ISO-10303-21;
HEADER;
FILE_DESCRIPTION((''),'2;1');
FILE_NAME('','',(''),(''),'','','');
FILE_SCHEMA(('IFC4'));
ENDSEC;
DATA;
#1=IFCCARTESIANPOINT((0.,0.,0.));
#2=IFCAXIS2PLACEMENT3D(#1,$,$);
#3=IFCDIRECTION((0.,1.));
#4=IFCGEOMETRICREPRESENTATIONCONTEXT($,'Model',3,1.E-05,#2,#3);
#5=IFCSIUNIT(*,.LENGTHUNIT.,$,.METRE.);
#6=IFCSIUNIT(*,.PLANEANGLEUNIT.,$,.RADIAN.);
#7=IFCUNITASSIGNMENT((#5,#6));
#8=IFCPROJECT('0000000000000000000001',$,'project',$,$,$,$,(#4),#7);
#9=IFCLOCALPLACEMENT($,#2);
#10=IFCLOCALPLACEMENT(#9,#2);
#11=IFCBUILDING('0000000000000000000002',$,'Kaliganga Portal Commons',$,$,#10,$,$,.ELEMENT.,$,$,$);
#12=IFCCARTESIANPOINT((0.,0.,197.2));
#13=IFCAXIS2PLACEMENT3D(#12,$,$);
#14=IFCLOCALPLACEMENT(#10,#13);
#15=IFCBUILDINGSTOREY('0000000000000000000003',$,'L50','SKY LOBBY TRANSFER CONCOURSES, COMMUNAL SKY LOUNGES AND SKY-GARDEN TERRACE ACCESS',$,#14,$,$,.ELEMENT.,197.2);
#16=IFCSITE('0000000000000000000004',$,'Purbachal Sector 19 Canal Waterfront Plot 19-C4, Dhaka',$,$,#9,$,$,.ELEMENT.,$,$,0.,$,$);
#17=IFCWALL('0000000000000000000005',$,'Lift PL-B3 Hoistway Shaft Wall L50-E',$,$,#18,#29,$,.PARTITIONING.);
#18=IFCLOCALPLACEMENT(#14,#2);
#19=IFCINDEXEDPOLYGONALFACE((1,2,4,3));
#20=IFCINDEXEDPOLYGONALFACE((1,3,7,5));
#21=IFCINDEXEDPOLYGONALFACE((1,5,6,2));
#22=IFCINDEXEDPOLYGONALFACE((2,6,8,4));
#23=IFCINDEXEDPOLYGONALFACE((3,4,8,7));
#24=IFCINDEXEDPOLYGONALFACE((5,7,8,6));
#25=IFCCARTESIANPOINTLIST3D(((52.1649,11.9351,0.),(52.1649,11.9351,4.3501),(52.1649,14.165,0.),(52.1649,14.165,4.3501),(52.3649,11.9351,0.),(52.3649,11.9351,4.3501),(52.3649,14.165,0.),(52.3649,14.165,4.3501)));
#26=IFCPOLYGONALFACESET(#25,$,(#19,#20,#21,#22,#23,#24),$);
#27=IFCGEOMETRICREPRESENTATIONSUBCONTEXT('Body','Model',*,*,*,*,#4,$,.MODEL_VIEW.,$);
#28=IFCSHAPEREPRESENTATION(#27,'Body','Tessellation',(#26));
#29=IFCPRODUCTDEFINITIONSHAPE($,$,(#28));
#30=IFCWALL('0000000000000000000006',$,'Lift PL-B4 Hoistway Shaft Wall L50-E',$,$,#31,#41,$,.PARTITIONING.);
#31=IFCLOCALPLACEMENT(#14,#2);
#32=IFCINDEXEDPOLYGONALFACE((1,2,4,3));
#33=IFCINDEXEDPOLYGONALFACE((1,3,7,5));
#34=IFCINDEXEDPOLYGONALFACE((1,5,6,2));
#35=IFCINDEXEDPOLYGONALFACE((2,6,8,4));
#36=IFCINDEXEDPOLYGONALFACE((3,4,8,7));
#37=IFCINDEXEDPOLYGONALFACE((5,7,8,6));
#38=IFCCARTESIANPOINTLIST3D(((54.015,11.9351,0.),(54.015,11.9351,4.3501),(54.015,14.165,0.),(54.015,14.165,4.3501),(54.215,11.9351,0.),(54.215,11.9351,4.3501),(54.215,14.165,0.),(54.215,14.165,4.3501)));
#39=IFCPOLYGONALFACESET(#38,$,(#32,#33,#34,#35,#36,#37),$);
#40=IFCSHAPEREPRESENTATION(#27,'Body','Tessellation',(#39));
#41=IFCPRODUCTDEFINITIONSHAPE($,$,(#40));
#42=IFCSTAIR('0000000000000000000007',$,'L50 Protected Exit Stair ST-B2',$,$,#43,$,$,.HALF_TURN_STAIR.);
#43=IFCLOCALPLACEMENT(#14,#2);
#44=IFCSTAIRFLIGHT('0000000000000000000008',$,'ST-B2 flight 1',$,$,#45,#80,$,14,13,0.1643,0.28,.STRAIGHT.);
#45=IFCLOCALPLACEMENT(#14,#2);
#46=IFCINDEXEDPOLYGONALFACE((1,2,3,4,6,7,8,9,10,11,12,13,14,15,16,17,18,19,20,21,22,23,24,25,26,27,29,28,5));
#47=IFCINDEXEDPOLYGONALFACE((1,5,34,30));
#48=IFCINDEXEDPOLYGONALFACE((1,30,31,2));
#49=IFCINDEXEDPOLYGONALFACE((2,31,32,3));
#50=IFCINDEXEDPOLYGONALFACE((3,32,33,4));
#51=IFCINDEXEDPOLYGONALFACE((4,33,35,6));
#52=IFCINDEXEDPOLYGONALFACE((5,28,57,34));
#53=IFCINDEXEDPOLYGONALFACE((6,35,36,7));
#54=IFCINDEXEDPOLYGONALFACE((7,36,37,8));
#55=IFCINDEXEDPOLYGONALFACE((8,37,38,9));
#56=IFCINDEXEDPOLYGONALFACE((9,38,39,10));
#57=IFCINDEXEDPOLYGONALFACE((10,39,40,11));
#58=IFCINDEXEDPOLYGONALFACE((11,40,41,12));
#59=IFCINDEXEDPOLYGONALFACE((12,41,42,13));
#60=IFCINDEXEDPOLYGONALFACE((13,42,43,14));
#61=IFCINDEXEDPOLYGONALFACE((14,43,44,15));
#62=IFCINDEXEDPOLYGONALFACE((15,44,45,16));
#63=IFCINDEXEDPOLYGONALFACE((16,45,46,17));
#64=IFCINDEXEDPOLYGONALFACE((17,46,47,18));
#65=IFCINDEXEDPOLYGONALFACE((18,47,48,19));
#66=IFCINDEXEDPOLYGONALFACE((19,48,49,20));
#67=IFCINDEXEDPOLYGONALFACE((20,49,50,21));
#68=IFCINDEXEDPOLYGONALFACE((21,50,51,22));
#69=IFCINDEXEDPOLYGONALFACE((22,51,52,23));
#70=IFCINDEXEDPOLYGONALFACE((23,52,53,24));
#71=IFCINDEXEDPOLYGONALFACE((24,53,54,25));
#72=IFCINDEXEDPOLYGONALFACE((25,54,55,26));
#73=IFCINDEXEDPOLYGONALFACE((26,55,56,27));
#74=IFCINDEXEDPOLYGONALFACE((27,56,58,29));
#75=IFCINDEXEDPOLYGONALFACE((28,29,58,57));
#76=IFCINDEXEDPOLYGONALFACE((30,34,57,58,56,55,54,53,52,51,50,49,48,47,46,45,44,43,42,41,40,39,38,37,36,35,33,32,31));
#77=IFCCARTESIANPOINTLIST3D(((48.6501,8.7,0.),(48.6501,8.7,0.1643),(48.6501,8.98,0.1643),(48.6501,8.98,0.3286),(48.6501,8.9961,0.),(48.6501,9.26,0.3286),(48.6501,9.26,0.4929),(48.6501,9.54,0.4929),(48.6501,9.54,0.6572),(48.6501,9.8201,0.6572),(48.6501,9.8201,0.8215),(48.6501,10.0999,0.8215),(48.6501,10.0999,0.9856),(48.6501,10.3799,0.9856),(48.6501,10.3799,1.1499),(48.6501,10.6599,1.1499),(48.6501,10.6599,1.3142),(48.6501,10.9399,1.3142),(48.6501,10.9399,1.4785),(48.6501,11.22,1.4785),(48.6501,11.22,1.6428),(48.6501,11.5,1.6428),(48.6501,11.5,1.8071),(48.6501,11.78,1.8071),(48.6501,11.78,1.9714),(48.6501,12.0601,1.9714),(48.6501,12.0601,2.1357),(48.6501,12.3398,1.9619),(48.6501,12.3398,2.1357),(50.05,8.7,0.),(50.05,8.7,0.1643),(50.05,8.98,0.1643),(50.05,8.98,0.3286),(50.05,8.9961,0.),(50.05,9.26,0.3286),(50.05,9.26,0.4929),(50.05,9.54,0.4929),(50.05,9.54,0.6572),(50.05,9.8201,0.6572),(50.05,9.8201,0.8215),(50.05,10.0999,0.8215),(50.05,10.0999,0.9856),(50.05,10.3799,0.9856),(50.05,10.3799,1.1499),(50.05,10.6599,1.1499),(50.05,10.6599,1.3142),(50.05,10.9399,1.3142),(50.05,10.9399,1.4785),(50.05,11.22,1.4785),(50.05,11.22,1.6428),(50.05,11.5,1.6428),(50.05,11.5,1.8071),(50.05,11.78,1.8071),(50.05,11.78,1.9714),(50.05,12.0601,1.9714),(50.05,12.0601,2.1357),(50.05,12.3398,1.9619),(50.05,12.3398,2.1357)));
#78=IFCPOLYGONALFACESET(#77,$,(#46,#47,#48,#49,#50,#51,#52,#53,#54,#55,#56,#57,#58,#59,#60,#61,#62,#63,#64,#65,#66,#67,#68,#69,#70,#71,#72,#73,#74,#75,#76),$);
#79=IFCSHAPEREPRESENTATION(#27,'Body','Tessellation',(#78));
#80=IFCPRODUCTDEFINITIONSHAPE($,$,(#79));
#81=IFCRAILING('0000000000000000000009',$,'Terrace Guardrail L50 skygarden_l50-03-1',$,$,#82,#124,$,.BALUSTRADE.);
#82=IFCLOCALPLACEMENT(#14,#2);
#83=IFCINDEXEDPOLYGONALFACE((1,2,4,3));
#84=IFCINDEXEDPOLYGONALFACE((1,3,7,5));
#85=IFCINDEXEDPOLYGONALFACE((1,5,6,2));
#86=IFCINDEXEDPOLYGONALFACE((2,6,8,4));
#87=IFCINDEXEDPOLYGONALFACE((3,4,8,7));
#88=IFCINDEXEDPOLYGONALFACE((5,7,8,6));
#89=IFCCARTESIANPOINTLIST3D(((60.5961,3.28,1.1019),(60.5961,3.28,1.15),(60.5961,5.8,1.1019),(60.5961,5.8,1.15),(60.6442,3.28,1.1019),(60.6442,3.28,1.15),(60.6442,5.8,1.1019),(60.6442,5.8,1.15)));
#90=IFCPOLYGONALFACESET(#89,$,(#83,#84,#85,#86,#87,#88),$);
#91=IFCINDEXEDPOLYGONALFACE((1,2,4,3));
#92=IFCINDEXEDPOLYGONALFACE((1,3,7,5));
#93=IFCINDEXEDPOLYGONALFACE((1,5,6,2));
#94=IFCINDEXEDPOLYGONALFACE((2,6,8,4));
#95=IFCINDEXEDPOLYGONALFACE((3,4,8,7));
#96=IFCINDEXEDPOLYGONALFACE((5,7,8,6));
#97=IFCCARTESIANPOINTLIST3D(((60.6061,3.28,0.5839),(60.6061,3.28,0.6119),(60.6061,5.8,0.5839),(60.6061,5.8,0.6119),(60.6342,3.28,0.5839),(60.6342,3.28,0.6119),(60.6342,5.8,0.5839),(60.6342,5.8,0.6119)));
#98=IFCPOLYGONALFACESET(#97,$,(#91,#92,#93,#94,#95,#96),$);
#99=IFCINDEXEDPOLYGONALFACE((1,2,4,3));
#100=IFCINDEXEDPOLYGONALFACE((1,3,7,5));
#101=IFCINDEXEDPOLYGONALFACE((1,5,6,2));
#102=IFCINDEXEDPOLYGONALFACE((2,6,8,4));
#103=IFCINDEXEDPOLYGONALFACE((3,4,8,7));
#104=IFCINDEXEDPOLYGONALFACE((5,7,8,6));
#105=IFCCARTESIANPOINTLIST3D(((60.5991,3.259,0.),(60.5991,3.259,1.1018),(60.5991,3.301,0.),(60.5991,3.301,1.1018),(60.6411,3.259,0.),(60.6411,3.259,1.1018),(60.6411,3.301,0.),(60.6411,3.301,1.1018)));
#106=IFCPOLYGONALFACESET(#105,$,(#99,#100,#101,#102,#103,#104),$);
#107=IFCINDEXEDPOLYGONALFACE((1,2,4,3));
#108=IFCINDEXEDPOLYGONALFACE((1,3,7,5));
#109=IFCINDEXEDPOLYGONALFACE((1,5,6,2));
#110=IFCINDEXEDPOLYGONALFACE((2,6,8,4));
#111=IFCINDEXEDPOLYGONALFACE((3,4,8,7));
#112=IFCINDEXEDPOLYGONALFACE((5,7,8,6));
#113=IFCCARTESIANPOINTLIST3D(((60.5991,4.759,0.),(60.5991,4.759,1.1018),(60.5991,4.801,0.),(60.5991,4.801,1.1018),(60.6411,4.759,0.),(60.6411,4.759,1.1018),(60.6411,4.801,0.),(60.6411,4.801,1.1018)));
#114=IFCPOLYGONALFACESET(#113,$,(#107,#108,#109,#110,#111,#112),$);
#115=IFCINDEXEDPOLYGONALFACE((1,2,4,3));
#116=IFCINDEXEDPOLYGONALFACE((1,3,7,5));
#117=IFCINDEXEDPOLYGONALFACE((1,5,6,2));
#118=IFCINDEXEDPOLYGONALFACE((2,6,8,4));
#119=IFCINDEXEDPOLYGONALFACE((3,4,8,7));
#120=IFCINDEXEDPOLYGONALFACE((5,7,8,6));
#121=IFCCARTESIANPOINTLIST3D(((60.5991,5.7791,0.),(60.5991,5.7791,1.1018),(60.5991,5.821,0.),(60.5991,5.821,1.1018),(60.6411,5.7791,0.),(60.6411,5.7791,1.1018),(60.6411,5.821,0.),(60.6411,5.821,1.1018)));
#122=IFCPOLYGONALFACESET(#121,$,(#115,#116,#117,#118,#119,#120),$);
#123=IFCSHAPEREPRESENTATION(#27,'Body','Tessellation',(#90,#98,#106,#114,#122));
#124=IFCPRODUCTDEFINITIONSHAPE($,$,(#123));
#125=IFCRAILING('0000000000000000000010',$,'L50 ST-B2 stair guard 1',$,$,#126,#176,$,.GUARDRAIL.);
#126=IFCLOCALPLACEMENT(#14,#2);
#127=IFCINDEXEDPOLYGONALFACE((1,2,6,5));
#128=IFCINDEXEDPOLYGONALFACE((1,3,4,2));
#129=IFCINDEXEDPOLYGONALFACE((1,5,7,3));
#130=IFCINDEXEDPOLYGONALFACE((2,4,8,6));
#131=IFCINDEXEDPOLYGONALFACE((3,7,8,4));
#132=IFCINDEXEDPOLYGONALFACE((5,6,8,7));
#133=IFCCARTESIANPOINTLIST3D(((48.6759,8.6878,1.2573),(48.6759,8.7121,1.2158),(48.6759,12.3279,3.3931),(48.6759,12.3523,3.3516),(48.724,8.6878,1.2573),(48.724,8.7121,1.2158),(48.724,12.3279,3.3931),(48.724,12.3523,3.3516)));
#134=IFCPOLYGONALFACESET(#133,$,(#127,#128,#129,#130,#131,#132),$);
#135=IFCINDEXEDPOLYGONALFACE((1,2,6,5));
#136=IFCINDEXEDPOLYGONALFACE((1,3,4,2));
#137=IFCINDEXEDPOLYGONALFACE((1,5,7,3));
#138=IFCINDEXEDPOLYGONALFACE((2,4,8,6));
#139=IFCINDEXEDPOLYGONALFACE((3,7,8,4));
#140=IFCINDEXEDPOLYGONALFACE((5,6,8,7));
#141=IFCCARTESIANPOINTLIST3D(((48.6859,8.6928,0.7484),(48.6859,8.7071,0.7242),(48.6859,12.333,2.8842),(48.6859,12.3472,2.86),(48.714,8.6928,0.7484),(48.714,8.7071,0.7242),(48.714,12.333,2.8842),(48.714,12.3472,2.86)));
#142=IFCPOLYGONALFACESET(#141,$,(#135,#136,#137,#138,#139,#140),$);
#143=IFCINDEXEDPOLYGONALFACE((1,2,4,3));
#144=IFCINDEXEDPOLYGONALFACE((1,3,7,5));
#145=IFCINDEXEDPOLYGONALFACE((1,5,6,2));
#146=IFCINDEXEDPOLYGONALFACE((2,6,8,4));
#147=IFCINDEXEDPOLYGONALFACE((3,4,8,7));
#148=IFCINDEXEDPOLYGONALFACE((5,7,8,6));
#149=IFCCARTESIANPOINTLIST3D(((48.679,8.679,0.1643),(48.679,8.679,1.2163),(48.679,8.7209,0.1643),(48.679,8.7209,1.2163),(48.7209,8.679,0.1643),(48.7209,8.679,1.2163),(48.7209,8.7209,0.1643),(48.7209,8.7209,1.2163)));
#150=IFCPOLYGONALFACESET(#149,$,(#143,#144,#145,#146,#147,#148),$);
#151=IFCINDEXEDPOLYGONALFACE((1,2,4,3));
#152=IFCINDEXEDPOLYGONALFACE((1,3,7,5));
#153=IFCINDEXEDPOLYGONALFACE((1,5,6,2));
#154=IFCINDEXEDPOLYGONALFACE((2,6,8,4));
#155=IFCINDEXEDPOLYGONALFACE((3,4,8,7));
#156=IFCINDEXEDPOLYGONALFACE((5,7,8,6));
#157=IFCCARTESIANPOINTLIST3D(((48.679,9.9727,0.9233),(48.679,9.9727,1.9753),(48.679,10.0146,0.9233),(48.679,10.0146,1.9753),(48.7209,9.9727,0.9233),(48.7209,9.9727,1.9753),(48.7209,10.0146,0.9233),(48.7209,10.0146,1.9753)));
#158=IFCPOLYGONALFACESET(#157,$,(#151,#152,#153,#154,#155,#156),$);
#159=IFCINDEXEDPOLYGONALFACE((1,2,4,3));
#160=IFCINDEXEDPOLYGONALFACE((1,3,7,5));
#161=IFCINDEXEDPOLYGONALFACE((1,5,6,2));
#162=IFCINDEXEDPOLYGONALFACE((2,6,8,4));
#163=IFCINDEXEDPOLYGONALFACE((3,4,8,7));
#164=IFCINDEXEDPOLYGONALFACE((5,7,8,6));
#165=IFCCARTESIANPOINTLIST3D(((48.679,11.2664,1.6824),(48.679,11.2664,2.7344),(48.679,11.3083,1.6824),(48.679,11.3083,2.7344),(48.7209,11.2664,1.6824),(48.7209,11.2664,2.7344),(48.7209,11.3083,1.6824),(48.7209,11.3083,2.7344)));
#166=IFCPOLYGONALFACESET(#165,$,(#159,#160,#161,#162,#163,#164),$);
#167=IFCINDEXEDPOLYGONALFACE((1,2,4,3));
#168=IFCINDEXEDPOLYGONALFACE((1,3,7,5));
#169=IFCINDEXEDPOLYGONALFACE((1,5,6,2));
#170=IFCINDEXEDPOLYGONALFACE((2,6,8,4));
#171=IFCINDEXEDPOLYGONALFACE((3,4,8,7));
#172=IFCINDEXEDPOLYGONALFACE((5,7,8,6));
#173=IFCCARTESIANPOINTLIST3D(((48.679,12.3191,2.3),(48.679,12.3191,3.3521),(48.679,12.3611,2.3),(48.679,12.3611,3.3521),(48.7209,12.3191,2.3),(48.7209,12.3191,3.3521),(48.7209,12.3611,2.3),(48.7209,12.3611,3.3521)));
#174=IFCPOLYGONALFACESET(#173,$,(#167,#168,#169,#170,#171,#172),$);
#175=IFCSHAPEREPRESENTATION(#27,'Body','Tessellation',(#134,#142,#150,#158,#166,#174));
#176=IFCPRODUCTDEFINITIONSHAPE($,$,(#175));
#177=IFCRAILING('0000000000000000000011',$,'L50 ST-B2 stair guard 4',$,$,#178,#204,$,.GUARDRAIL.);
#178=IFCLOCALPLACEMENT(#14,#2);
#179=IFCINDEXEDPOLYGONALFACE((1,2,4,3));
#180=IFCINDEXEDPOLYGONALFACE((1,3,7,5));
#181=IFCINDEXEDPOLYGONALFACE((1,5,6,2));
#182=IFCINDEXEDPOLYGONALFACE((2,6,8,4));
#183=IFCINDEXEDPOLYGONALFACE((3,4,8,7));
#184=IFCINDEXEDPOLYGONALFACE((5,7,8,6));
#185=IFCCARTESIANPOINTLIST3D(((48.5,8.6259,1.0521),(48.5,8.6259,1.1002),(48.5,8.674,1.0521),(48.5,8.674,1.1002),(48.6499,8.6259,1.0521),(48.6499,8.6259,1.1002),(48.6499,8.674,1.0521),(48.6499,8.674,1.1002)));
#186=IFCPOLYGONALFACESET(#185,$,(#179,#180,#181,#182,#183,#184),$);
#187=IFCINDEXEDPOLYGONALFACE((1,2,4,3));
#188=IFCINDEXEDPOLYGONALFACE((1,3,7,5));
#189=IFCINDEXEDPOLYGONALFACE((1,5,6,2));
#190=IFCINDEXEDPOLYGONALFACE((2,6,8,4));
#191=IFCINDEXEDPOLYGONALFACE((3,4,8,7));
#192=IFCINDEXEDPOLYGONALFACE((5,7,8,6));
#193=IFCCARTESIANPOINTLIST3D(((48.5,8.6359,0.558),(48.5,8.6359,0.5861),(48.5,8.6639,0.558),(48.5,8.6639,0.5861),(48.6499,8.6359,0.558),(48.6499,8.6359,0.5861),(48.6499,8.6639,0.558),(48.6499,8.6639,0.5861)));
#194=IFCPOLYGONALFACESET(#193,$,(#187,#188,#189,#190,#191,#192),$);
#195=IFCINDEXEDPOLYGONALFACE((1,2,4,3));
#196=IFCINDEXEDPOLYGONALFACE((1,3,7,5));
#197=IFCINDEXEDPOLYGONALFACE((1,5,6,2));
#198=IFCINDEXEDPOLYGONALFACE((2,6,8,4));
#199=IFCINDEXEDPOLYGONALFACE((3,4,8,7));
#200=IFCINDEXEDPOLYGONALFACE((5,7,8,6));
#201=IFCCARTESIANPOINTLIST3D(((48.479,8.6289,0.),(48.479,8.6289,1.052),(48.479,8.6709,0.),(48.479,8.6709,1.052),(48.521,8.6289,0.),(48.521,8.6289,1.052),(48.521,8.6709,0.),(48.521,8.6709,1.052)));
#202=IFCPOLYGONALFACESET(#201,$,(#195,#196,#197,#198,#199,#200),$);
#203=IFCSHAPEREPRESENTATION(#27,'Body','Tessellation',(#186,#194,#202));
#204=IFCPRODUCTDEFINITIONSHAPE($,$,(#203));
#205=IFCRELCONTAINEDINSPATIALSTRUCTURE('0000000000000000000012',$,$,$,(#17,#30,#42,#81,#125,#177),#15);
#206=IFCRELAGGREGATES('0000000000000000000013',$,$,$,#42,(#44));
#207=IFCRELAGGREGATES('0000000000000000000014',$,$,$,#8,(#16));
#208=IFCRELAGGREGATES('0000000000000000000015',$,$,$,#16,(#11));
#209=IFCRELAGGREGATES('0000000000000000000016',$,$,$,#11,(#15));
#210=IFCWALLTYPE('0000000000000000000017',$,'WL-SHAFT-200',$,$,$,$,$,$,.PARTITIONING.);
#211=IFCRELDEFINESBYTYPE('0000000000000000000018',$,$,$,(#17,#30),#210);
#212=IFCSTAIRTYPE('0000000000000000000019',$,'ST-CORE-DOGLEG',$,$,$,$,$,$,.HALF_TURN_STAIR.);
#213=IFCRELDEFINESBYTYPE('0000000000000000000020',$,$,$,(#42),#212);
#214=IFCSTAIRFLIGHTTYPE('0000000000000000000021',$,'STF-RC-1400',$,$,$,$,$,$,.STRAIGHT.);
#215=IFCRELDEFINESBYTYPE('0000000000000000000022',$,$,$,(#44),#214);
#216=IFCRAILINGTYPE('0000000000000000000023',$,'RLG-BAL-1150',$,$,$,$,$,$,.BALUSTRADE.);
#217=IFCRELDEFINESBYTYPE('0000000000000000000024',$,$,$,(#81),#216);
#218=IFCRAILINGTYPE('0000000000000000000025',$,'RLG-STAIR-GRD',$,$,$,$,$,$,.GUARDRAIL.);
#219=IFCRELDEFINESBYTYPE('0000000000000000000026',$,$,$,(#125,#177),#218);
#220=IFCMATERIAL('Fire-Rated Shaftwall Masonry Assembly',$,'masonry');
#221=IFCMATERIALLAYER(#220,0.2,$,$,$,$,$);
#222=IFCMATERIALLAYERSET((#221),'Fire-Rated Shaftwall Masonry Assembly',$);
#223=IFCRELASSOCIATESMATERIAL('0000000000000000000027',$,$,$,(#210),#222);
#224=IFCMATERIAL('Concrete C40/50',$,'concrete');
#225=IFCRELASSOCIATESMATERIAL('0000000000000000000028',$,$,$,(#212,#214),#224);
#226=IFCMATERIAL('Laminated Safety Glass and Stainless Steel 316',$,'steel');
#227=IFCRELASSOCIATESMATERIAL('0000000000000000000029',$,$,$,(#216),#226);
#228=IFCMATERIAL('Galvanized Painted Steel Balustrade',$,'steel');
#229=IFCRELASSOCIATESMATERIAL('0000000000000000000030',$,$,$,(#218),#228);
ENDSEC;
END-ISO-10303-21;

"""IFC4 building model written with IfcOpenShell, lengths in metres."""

from ifc_helpers import new_model, si_unit, direction, frame, frame_2d, origin, origin_2d, place, context, subcontext, project, spatial, polyline, rectangle, outline, extrude, material, layer, layer_set, type_object, element, aggregate, save


model = new_model("IFC4")

# Units and contexts
model_context = context("Model", 3, precision=1e-05, world=origin(), true_north=direction((0.0, 1.0)))
body_context = subcontext(model_context, "Body", "Model", "MODEL_VIEW")
ifc_project = project(units=[si_unit("LENGTHUNIT", "METRE"), si_unit("PLANEANGLEUNIT", "RADIAN")], contexts=[model_context])

# Site, building, storey
site_placement = place(None, origin())
site = spatial("IfcSite", under=ifc_project, at=site_placement, Name="Purbachal Sector 19 Canal Waterfront Plot 19-C4, Dhaka", CompositionType="ELEMENT", RefElevation=0.0)
building_placement = place(site_placement, origin())
building = spatial("IfcBuilding", under=site, at=building_placement, Name="Kaliganga Portal Commons", CompositionType="ELEMENT")
storey_placement = place(building_placement, frame((0.0, 0.0, 197.2)))
storey = spatial("IfcBuildingStorey", under=building, at=storey_placement, Name="L50", Description="SKY LOBBY TRANSFER CONCOURSES, COMMUNAL SKY LOUNGES AND SKY-GARDEN TERRACE ACCESS", CompositionType="ELEMENT", Elevation=197.2)

# Shared definitions
ifc_material_1 = material(Name="Fire-Rated Shaftwall Masonry Assembly", Category="masonry")
ifc_layer_1 = layer(ifc_material_1, 0.2)
ifc_layer_set_1 = layer_set([ifc_layer_1], Name="Fire-Rated Shaftwall Masonry Assembly")
wall_type_1 = type_object("IfcWallType", Name="WL-SHAFT-200", PredefinedType="PARTITIONING", material=ifc_layer_set_1)

# Wall
wall_1_placement = place(storey_placement, frame((52.2649, 11.9351, 0.0), z_axis=(0.0, 0.0, 1.0), x_axis=(0.0, 1.0, 0.0)))
element("IfcWall", 1, at=wall_1_placement, inside=storey, type_object=wall_type_1, Name="Lift PL-B3 Hoistway Shaft Wall L50-E", PredefinedType="PARTITIONING", context=body_context, shape_type="SweptSolid", body=[
    extrude(rectangle(XDim=2.23, YDim=0.2, at=frame_2d((1.115, 0.0))), origin(), (0.0, 0.0, 1.0), 4.3501),
])

# Wall
wall_2_placement = place(storey_placement, frame((54.115, 11.9351, 0.0), z_axis=(0.0, 0.0, 1.0), x_axis=(0.0, 1.0, 0.0)))
element("IfcWall", 2, at=wall_2_placement, inside=storey, type_object=wall_type_1, Name="Lift PL-B4 Hoistway Shaft Wall L50-E", PredefinedType="PARTITIONING", context=body_context, shape_type="SweptSolid", body=[
    extrude(rectangle(XDim=2.23, YDim=0.2, at=frame_2d((1.115, 0.0))), origin(), (0.0, 0.0, 1.0), 4.3501),
])

# Stair, stair flight
ifc_material_2 = material(Name="Concrete C40/50", Category="concrete")
stair_type = type_object("IfcStairType", Name="ST-CORE-DOGLEG", PredefinedType="HALF_TURN_STAIR", material=ifc_material_2)
stair_placement = place(storey_placement, origin())
stair = element("IfcStair", 3, at=stair_placement, inside=storey, type_object=stair_type, Name="L50 Protected Exit Stair ST-B2", PredefinedType="HALF_TURN_STAIR")
stair_flight_type = type_object("IfcStairFlightType", Name="STF-RC-1400", PredefinedType="STRAIGHT", material=ifc_material_2)
stair_flight_placement = place(storey_placement, frame((49.3501, 8.7, 0.0), z_axis=(0.0, 0.0, 1.0), x_axis=(0.0, 1.0, 0.0)))
stair_flight = element("IfcStairFlight", 4, at=stair_flight_placement, type_object=stair_flight_type, Name="ST-B2 flight 1", NumberOfRisers=14, NumberOfTreads=13, PredefinedType="STRAIGHT", RiserHeight=0.1643, TreadLength=0.28, context=body_context, shape_type="SweptSolid", body=[
    extrude(outline(polyline([(0.0, 0.0), (0.0, 0.1643), (0.28, 0.1643), (0.28, 0.3286), (0.5601, 0.3286), (0.5601, 0.4929), (0.8401, 0.4929), (0.8401, 0.6572), (1.1201, 0.6572), (1.1201, 0.8215), (1.3999, 0.8215), (1.3999, 0.9856), (1.6799, 0.9856), (1.6799, 1.1499), (1.96, 1.1499), (1.96, 1.3142), (2.24, 1.3142), (2.24, 1.4785), (2.52, 1.4785), (2.52, 1.6428), (2.8, 1.6428), (2.8, 1.8071), (3.0801, 1.8071), (3.0801, 1.9714), (3.3601, 1.9714), (3.3601, 2.1357), (3.6399, 2.1357), (3.6399, 2.3), (3.6399, 1.9619), (0.2961, 0.0), (0.0, 0.0)])), frame((0.0, 0.7, 0.0), z_axis=(0.0, -1.0, 0.0), x_axis=(1.0, 0.0, 0.0)), (0.0, 0.0, 1.0), 1.3999),
])
aggregate(stair, [stair_flight])

# Railings
ifc_material_3 = material(Name="Laminated Safety Glass and Stainless Steel 316", Category="steel")
railing_type_1 = type_object("IfcRailingType", Name="RLG-BAL-1150", PredefinedType="BALUSTRADE", material=ifc_material_3)
railing_1_placement = place(storey_placement, frame((60.6201, 3.28, 0.0)))
element("IfcRailing", 5, at=railing_1_placement, inside=storey, type_object=railing_type_1, Name="Terrace Guardrail L50 skygarden_l50-03-1", PredefinedType="BALUSTRADE", context=body_context, shape_type="SweptSolid", body=[
    extrude(rectangle(XDim=0.0481, YDim=0.0481, at=origin_2d()), frame((0.0, 0.0, 1.126), z_axis=(0.0, 1.0, 0.0), x_axis=(-1.0, 0.0, 0.0)), (0.0, 0.0, 1.0), 2.52),
    extrude(rectangle(XDim=0.0281, YDim=0.0281, at=origin_2d()), frame((0.0, 0.0, 0.5979), z_axis=(0.0, 1.0, 0.0), x_axis=(-1.0, 0.0, 0.0)), (0.0, 0.0, 1.0), 2.52),
    extrude(rectangle(XDim=0.042, YDim=0.042, at=origin_2d()), origin(), (0.0, 0.0, 1.0), 1.1018),
    extrude(rectangle(XDim=0.042, YDim=0.042, at=origin_2d()), frame((0.0, 1.5, 0.0)), (0.0, 0.0, 1.0), 1.1018),
    extrude(rectangle(XDim=0.042, YDim=0.042, at=origin_2d()), frame((0.0, 2.52, 0.0)), (0.0, 0.0, 1.0), 1.1018),
])
ifc_material_4 = material(Name="Galvanized Painted Steel Balustrade", Category="steel")
railing_type_2 = type_object("IfcRailingType", Name="RLG-STAIR-GRD", PredefinedType="GUARDRAIL", material=ifc_material_4)
railing_2_placement = place(storey_placement, frame((48.7, 8.7, 0.1643)))
element("IfcRailing", 6, at=railing_2_placement, inside=storey, type_object=railing_type_2, Name="L50 ST-B2 stair guard 1", PredefinedType="GUARDRAIL", context=body_context, shape_type="SweptSolid", body=[
    extrude(rectangle(XDim=0.0481, YDim=0.0481, at=origin_2d()), frame((0.0, 0.0, 1.0723), z_axis=(0.0, 0.862505, 0.506049), x_axis=(-1.0, 0.0, 0.0)), (0.0, 0.0, 1.0), 4.2205),
    extrude(rectangle(XDim=0.0281, YDim=0.0281, at=origin_2d()), frame((0.0, 0.0, 0.572), z_axis=(0.0, 0.862505, 0.506049), x_axis=(-1.0, 0.0, 0.0)), (0.0, 0.0, 1.0), 4.2205),
    extrude(rectangle(XDim=0.042, YDim=0.042, at=origin_2d()), origin(), (0.0, 0.0, 1.0), 1.052),
    extrude(rectangle(XDim=0.042, YDim=0.042, at=origin_2d()), frame((0.0, 1.2937, 0.759)), (0.0, 0.0, 1.0), 1.052),
    extrude(rectangle(XDim=0.042, YDim=0.042, at=origin_2d()), frame((0.0, 2.5874, 1.5181)), (0.0, 0.0, 1.0), 1.052),
    extrude(rectangle(XDim=0.042, YDim=0.042, at=origin_2d()), frame((0.0, 3.6401, 2.1357)), (0.0, 0.0, 1.0), 1.052),
])
railing_3_placement = place(storey_placement, frame((48.6499, 8.6499, 0.0)))
element("IfcRailing", 7, at=railing_3_placement, inside=storey, type_object=railing_type_2, Name="L50 ST-B2 stair guard 4", PredefinedType="GUARDRAIL", context=body_context, shape_type="SweptSolid", body=[
    extrude(rectangle(XDim=0.0481, YDim=0.0481, at=origin_2d()), frame((0.0, 0.0, 1.0762), z_axis=(-1.0, 0.0, 0.0), x_axis=(0.0, -1.0, 0.0)), (0.0, 0.0, 1.0), 0.1499),
    extrude(rectangle(XDim=0.0281, YDim=0.0281, at=origin_2d()), frame((0.0, 0.0, 0.572), z_axis=(-1.0, 0.0, 0.0), x_axis=(0.0, -1.0, 0.0)), (0.0, 0.0, 1.0), 0.1499),
    extrude(rectangle(XDim=0.042, YDim=0.042, at=origin_2d()), frame((-0.1499, 0.0, 0.0)), (0.0, 0.0, 1.0), 1.052),
])

save(model, "model.ifc")
